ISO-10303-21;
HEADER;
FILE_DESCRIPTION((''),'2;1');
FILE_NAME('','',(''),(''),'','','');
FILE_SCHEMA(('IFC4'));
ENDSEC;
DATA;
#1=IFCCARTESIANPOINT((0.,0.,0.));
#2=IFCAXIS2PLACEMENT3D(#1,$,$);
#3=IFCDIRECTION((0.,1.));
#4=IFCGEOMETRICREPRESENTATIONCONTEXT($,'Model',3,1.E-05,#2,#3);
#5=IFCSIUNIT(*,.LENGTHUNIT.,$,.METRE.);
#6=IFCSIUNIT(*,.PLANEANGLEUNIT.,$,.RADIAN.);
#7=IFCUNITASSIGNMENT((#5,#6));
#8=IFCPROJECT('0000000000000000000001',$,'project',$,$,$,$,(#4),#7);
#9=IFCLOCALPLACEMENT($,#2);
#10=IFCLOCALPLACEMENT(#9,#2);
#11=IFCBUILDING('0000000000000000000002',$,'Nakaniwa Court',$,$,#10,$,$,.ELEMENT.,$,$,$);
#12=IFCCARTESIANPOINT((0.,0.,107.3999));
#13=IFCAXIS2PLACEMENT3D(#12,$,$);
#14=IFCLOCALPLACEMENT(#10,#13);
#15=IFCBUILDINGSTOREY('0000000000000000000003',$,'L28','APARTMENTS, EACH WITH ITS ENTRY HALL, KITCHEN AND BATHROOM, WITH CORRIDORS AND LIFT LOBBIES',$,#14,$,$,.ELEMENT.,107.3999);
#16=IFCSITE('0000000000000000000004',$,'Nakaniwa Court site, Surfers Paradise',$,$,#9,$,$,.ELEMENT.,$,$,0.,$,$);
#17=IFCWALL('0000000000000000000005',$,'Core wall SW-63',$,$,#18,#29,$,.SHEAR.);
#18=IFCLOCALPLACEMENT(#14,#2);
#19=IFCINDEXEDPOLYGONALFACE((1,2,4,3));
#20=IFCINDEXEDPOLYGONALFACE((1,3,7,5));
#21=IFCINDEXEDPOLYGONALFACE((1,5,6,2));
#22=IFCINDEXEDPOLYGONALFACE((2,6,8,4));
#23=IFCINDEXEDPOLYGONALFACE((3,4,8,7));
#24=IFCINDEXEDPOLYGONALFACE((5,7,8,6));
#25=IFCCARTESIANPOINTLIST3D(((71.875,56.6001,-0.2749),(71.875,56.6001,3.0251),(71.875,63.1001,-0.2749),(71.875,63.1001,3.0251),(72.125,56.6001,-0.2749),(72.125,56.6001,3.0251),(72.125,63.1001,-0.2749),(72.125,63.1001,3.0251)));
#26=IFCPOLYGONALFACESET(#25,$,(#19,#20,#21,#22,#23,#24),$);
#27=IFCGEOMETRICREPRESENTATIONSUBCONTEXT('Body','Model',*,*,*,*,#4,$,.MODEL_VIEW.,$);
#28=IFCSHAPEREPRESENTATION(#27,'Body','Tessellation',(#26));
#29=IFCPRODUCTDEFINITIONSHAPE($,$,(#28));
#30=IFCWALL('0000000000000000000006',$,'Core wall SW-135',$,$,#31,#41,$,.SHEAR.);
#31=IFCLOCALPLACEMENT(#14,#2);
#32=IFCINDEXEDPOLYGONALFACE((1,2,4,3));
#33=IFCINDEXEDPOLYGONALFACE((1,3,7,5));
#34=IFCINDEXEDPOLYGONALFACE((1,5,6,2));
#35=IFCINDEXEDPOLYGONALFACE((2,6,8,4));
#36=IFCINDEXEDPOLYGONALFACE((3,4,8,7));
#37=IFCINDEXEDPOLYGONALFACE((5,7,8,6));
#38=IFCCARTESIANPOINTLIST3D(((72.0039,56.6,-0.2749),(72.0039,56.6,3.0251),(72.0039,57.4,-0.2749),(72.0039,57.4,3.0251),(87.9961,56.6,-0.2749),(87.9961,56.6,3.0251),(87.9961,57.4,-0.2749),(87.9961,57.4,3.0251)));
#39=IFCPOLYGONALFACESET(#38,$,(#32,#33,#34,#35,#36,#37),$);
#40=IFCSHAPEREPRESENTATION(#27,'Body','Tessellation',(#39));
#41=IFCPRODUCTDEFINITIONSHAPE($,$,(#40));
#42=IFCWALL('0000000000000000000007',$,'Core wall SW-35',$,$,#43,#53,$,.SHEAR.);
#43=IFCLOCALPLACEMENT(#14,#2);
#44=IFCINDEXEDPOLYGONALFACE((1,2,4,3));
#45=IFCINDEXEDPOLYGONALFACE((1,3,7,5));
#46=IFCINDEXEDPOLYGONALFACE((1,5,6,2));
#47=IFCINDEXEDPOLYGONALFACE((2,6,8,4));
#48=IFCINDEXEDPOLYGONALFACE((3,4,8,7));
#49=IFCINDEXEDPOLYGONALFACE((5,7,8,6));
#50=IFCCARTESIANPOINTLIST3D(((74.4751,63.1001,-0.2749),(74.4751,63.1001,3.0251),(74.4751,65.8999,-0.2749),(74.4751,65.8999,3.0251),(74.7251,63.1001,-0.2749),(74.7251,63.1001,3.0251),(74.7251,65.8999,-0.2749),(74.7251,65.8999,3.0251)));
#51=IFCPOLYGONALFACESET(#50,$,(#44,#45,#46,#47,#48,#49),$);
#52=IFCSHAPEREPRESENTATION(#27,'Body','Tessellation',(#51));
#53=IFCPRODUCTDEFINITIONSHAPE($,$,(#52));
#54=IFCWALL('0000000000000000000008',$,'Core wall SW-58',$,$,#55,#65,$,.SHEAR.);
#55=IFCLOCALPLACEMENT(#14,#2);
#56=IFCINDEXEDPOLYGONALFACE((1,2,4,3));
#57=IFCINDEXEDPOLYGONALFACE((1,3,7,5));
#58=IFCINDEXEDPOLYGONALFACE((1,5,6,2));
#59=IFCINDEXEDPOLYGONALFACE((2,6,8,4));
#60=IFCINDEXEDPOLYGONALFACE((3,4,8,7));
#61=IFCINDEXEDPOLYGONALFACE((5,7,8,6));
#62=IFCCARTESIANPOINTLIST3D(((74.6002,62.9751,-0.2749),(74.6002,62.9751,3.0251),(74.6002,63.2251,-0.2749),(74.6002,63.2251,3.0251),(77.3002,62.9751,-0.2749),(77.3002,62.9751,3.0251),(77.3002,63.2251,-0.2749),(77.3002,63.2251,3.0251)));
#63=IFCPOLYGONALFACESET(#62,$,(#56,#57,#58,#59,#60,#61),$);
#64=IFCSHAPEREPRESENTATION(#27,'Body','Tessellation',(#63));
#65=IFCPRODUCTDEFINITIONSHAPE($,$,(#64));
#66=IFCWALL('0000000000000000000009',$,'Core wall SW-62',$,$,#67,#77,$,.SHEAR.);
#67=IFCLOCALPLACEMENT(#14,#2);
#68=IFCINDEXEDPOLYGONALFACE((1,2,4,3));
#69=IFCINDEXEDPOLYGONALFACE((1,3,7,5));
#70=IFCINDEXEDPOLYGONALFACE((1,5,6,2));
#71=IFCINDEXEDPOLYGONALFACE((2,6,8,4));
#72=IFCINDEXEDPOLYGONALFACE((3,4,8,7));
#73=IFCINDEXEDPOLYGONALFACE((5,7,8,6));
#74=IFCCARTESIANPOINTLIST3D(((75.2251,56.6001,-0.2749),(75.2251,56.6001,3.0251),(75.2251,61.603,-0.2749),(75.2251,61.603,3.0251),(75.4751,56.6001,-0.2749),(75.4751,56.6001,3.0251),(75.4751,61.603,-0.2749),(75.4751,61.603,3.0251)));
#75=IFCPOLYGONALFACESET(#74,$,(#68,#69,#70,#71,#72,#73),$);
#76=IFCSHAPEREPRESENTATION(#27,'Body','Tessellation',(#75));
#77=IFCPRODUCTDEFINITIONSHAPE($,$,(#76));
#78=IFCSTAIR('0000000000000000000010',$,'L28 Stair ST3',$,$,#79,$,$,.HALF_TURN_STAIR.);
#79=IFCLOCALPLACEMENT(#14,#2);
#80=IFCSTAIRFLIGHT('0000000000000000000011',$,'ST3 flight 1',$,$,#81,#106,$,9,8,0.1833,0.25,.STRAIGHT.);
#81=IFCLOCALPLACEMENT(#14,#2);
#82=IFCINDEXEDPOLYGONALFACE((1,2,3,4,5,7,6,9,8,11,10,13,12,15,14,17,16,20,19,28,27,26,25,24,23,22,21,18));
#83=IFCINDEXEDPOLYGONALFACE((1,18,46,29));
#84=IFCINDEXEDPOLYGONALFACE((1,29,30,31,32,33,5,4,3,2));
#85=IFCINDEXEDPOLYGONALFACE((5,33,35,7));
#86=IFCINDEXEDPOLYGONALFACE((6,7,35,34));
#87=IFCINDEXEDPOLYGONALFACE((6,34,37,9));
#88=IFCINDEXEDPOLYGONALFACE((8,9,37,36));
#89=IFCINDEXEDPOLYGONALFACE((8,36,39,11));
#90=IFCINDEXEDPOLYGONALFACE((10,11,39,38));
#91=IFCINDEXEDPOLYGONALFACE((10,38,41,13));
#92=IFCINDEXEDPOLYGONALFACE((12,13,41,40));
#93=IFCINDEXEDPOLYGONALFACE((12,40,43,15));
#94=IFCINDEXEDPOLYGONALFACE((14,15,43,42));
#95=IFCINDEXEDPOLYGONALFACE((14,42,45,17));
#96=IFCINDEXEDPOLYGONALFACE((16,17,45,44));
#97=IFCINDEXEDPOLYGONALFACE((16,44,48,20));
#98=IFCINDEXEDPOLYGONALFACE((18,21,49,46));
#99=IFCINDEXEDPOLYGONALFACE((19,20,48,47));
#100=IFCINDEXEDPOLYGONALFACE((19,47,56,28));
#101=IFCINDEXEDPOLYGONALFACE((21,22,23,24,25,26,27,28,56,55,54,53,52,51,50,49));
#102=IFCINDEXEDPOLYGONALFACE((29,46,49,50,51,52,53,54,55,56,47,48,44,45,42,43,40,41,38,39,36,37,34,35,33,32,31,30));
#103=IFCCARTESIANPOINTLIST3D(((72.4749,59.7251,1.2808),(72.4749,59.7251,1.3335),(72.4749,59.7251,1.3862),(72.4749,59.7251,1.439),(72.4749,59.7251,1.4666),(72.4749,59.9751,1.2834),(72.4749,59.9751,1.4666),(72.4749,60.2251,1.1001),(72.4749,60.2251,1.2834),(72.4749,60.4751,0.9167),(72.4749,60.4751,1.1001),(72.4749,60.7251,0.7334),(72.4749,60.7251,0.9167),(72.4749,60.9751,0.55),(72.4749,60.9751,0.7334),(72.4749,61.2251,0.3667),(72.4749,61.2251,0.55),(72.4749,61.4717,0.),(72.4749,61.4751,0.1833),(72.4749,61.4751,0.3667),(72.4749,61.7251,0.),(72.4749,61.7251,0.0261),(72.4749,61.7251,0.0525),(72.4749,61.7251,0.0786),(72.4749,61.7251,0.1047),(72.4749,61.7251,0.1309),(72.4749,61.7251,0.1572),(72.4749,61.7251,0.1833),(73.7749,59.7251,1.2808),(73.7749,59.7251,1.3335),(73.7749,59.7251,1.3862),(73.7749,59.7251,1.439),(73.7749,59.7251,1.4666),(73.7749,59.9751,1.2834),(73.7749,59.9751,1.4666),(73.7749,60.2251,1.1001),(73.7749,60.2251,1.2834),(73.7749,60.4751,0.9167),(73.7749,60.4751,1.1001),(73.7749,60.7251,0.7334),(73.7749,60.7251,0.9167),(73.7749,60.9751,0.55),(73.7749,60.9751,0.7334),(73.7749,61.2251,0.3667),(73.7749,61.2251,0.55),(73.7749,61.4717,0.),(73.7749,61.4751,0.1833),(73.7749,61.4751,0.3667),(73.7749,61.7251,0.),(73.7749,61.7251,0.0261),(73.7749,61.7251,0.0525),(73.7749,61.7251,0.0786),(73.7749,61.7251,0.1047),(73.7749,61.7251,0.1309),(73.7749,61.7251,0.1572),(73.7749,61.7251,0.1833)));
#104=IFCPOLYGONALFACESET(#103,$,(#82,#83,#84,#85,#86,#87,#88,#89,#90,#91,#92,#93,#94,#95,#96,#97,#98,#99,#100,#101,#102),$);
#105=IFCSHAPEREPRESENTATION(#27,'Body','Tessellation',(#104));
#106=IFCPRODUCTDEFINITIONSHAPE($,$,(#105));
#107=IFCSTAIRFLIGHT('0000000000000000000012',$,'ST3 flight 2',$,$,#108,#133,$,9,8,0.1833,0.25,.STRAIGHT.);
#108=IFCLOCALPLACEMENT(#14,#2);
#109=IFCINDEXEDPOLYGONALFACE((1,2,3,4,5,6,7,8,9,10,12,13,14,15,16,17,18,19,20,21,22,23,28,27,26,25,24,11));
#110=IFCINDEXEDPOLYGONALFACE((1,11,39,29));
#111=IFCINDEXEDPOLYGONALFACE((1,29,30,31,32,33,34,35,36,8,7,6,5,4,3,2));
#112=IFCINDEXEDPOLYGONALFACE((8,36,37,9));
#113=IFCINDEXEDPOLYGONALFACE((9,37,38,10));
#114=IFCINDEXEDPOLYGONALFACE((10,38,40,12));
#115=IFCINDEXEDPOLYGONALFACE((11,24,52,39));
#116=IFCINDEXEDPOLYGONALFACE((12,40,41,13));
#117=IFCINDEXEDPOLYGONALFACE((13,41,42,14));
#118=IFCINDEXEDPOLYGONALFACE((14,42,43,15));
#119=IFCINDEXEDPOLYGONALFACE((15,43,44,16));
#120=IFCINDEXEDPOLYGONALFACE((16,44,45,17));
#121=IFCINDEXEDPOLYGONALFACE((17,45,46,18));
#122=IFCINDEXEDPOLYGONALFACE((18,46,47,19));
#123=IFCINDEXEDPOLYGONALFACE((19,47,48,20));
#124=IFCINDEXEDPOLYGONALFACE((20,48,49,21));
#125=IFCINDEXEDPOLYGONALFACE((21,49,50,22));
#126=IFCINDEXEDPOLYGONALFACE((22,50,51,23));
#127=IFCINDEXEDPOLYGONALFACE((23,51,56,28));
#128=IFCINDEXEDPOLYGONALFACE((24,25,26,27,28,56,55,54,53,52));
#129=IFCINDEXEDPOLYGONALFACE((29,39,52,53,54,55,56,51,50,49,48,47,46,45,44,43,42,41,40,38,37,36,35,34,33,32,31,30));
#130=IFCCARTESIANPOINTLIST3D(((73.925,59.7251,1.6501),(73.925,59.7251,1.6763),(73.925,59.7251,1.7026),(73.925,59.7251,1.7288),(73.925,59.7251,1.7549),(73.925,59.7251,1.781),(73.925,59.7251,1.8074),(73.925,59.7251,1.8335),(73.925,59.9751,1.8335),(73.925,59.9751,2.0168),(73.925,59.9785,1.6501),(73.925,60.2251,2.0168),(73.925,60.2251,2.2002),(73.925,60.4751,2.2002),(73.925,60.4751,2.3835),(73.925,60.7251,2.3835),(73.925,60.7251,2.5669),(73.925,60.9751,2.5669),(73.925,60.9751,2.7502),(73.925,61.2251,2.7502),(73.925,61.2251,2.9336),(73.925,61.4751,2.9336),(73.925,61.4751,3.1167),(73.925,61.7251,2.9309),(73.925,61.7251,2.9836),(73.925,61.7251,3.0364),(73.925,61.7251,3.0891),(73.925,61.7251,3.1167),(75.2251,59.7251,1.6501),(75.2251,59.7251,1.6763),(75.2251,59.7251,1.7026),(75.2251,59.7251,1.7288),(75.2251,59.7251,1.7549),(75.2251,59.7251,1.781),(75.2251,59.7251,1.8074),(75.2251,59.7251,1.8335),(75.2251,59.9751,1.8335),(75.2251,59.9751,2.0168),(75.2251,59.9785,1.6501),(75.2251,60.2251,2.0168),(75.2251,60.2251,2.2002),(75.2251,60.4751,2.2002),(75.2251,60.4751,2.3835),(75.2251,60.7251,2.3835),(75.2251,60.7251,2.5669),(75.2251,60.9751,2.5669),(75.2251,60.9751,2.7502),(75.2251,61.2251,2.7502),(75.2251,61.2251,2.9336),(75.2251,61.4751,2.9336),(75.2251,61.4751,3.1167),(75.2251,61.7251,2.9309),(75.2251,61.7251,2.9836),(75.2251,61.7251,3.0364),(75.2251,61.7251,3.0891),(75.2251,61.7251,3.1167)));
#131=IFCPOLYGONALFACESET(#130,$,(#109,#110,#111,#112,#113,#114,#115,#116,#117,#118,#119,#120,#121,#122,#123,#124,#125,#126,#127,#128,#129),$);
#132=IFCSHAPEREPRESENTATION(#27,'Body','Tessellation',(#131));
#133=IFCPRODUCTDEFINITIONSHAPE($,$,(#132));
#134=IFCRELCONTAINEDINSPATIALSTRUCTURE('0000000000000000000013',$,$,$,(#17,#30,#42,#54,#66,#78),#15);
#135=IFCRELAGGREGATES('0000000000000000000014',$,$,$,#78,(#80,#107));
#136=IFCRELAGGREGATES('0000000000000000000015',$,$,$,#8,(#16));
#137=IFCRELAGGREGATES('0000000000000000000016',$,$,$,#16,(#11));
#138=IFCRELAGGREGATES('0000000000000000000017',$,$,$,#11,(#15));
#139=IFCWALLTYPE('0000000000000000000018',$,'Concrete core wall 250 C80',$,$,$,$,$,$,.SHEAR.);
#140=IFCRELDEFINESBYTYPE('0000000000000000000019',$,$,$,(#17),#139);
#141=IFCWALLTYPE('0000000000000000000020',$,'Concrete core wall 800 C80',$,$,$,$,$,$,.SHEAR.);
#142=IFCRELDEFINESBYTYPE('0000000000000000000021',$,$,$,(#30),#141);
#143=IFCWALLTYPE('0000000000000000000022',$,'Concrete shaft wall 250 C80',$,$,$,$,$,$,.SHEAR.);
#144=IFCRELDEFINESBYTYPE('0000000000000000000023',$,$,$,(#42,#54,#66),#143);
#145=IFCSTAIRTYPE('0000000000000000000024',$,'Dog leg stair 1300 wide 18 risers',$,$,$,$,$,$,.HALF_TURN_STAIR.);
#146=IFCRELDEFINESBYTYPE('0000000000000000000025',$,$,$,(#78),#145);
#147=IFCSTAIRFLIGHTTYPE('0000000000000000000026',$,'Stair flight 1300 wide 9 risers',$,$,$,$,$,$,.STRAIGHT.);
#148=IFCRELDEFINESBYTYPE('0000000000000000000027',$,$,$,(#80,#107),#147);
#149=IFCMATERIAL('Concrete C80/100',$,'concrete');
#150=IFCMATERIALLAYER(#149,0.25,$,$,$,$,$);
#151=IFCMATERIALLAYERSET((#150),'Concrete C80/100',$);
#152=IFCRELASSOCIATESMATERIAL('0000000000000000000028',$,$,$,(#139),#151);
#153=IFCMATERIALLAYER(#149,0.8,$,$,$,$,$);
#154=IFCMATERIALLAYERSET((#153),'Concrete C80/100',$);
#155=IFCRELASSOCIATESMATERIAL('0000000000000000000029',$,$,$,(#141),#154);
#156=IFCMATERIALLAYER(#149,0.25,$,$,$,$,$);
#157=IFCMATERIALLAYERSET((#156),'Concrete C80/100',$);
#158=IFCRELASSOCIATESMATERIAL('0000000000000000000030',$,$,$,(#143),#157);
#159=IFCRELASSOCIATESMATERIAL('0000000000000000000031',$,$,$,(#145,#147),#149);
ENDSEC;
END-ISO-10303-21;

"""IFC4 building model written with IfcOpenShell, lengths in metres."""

from ifc_helpers import new_model, si_unit, direction, frame, frame_2d, origin, place, context, subcontext, project, spatial, polyline, rectangle, outline, extrude, material, layer, layer_set, type_object, element, aggregate, save


model = new_model("IFC4")

# Units and contexts
model_context = context("Model", 3, precision=1e-05, world=origin(), true_north=direction((0.0, 1.0)))
body_context = subcontext(model_context, "Body", "Model", "MODEL_VIEW")
ifc_project = project(units=[si_unit("LENGTHUNIT", "METRE"), si_unit("PLANEANGLEUNIT", "RADIAN")], contexts=[model_context])

# Site, building, storey
site_placement = place(None, origin())
site = spatial("IfcSite", under=ifc_project, at=site_placement, Name="Nakaniwa Court site, Surfers Paradise", CompositionType="ELEMENT", RefElevation=0.0)
building_placement = place(site_placement, origin())
building = spatial("IfcBuilding", under=site, at=building_placement, Name="Nakaniwa Court", CompositionType="ELEMENT")
storey_placement = place(building_placement, frame((0.0, 0.0, 107.3999)))
storey = spatial("IfcBuildingStorey", under=building, at=storey_placement, Name="L28", Description="APARTMENTS, EACH WITH ITS ENTRY HALL, KITCHEN AND BATHROOM, WITH CORRIDORS AND LIFT LOBBIES", CompositionType="ELEMENT", Elevation=107.3999)

# Shared definitions
ifc_material_1 = material(Name="Concrete C80/100", Category="concrete")

# Walls
ifc_layer_1 = layer(ifc_material_1, 0.25)
ifc_layer_set_1 = layer_set([ifc_layer_1], Name="Concrete C80/100")
wall_type_1 = type_object("IfcWallType", Name="Concrete core wall 250 C80", PredefinedType="SHEAR", material=ifc_layer_set_1)
wall_1_placement = place(storey_placement, frame((72.0, 56.6001, -0.2749), z_axis=(0.0, 0.0, 1.0), x_axis=(0.0, 1.0, 0.0)))
element("IfcWall", 1, at=wall_1_placement, inside=storey, type_object=wall_type_1, Name="Core wall SW-63", PredefinedType="SHEAR", context=body_context, shape_type="SweptSolid", body=[
    extrude(rectangle(XDim=6.5, YDim=0.25, at=frame_2d((3.25, 0.0))), origin(), (0.0, 0.0, 1.0), 3.3),
])
ifc_layer_2 = layer(ifc_material_1, 0.8)
ifc_layer_set_2 = layer_set([ifc_layer_2], Name="Concrete C80/100")
wall_type_2 = type_object("IfcWallType", Name="Concrete core wall 800 C80", PredefinedType="SHEAR", material=ifc_layer_set_2)
wall_2_placement = place(storey_placement, frame((72.0039, 57.0, -0.2749), z_axis=(0.0, 0.0, 1.0), x_axis=(1.0, 0.0, 0.0)))
element("IfcWall", 2, at=wall_2_placement, inside=storey, type_object=wall_type_2, Name="Core wall SW-135", PredefinedType="SHEAR", context=body_context, shape_type="SweptSolid", body=[
    extrude(rectangle(XDim=15.9922, YDim=0.8, at=frame_2d((7.9961, 0.0))), origin(), (0.0, 0.0, 1.0), 3.3),
])
ifc_layer_3 = layer(ifc_material_1, 0.25)
ifc_layer_set_3 = layer_set([ifc_layer_3], Name="Concrete C80/100")
wall_type_3 = type_object("IfcWallType", Name="Concrete shaft wall 250 C80", PredefinedType="SHEAR", material=ifc_layer_set_3)
wall_3_placement = place(storey_placement, frame((74.6001, 63.1001, -0.2749), z_axis=(0.0, 0.0, 1.0), x_axis=(0.0, 1.0, 0.0)))
element("IfcWall", 3, at=wall_3_placement, inside=storey, type_object=wall_type_3, Name="Core wall SW-35", PredefinedType="SHEAR", context=body_context, shape_type="SweptSolid", body=[
    extrude(rectangle(XDim=2.7998, YDim=0.25, at=frame_2d((1.3999, 0.0))), origin(), (0.0, 0.0, 1.0), 3.3),
])
wall_4_placement = place(storey_placement, frame((74.6001, 63.1001, -0.2749), z_axis=(0.0, 0.0, 1.0), x_axis=(1.0, 0.0, 0.0)))
element("IfcWall", 4, at=wall_4_placement, inside=storey, type_object=wall_type_3, Name="Core wall SW-58", PredefinedType="SHEAR", context=body_context, shape_type="SweptSolid", body=[
    extrude(rectangle(XDim=2.7, YDim=0.25, at=frame_2d((1.3501, 0.0))), origin(), (0.0, 0.0, 1.0), 3.3),
])
wall_5_placement = place(storey_placement, frame((75.3501, 56.6001, -0.2749), z_axis=(0.0, 0.0, 1.0), x_axis=(0.0, 1.0, 0.0)))
element("IfcWall", 5, at=wall_5_placement, inside=storey, type_object=wall_type_3, Name="Core wall SW-62", PredefinedType="SHEAR", context=body_context, shape_type="SweptSolid", body=[
    extrude(rectangle(XDim=5.0029, YDim=0.25, at=frame_2d((2.5015, 0.0))), origin(), (0.0, 0.0, 1.0), 3.3),
])

# Stair, stair flights
stair_type = type_object("IfcStairType", Name="Dog leg stair 1300 wide 18 risers", PredefinedType="HALF_TURN_STAIR", material=ifc_material_1)
stair_placement = place(storey_placement, origin())
stair = element("IfcStair", 6, at=stair_placement, inside=storey, type_object=stair_type, Name="L28 Stair ST3", PredefinedType="HALF_TURN_STAIR")
stair_flight_type = type_object("IfcStairFlightType", Name="Stair flight 1300 wide 9 risers", PredefinedType="STRAIGHT", material=ifc_material_1)
stair_flight_1_placement = place(storey_placement, frame((73.125, 61.7251, 0.0), z_axis=(0.0, 0.0, 1.0), x_axis=(0.0, -1.0, 0.0)))
stair_flight_1 = element("IfcStairFlight", 7, at=stair_flight_1_placement, type_object=stair_flight_type, Name="ST3 flight 1", NumberOfRisers=9, NumberOfTreads=8, PredefinedType="STRAIGHT", RiserHeight=0.1833, TreadLength=0.25, context=body_context, shape_type="SweptSolid", body=[
    extrude(outline(polyline([(0.0, 0.0), (0.0, 0.0261), (0.0, 0.0525), (0.0, 0.0786), (0.0, 0.1047), (0.0, 0.1309), (0.0, 0.1572), (0.0, 0.1833), (0.25, 0.1833), (0.25, 0.3667), (0.5, 0.3667), (0.5, 0.55), (0.75, 0.55), (0.75, 0.7334), (1.0, 0.7334), (1.0, 0.9167), (1.25, 0.9167), (1.25, 1.1001), (1.5, 1.1001), (1.5, 1.2834), (1.75, 1.2834), (1.75, 1.4666), (2.0, 1.4666), (2.0, 1.6499), (2.0, 1.5972), (2.0, 1.5444), (2.0, 1.4917), (2.0, 1.439), (2.0, 1.3862), (2.0, 1.3335), (2.0, 1.2808), (0.2534, 0.0), (0.0, 0.0)])), frame((0.0, 0.6499, 0.0), z_axis=(0.0, -1.0, 0.0), x_axis=(1.0, 0.0, 0.0)), (0.0, 0.0, 1.0), 1.3),
])
stair_flight_2_placement = place(storey_placement, frame((74.575, 59.7251, 1.6501), z_axis=(0.0, 0.0, 1.0), x_axis=(0.0, 1.0, 0.0)))
stair_flight_2 = element("IfcStairFlight", 8, at=stair_flight_2_placement, type_object=stair_flight_type, Name="ST3 flight 2", NumberOfRisers=9, NumberOfTreads=8, PredefinedType="STRAIGHT", RiserHeight=0.1833, TreadLength=0.25, context=body_context, shape_type="SweptSolid", body=[
    extrude(outline(polyline([(0.0, 0.0), (0.0, 0.0261), (0.0, 0.0525), (0.0, 0.0786), (0.0, 0.1047), (0.0, 0.1309), (0.0, 0.1572), (0.0, 0.1833), (0.25, 0.1833), (0.25, 0.3667), (0.5, 0.3667), (0.5, 0.55), (0.75, 0.55), (0.75, 0.7334), (1.0, 0.7334), (1.0, 0.9167), (1.25, 0.9167), (1.25, 1.1001), (1.5, 1.1001), (1.5, 1.2834), (1.75, 1.2834), (1.75, 1.4666), (2.0, 1.4666), (2.0, 1.6499), (2.0, 1.5972), (2.0, 1.5444), (2.0, 1.4917), (2.0, 1.439), (2.0, 1.3862), (2.0, 1.3335), (2.0, 1.2808), (0.2534, 0.0), (0.0, 0.0)])), frame((0.0, 0.6499, 0.0), z_axis=(0.0, -1.0, 0.0), x_axis=(1.0, 0.0, 0.0)), (0.0, 0.0, 1.0), 1.3),
])
aggregate(stair, [stair_flight_1, stair_flight_2])

save(model, "model.ifc")
